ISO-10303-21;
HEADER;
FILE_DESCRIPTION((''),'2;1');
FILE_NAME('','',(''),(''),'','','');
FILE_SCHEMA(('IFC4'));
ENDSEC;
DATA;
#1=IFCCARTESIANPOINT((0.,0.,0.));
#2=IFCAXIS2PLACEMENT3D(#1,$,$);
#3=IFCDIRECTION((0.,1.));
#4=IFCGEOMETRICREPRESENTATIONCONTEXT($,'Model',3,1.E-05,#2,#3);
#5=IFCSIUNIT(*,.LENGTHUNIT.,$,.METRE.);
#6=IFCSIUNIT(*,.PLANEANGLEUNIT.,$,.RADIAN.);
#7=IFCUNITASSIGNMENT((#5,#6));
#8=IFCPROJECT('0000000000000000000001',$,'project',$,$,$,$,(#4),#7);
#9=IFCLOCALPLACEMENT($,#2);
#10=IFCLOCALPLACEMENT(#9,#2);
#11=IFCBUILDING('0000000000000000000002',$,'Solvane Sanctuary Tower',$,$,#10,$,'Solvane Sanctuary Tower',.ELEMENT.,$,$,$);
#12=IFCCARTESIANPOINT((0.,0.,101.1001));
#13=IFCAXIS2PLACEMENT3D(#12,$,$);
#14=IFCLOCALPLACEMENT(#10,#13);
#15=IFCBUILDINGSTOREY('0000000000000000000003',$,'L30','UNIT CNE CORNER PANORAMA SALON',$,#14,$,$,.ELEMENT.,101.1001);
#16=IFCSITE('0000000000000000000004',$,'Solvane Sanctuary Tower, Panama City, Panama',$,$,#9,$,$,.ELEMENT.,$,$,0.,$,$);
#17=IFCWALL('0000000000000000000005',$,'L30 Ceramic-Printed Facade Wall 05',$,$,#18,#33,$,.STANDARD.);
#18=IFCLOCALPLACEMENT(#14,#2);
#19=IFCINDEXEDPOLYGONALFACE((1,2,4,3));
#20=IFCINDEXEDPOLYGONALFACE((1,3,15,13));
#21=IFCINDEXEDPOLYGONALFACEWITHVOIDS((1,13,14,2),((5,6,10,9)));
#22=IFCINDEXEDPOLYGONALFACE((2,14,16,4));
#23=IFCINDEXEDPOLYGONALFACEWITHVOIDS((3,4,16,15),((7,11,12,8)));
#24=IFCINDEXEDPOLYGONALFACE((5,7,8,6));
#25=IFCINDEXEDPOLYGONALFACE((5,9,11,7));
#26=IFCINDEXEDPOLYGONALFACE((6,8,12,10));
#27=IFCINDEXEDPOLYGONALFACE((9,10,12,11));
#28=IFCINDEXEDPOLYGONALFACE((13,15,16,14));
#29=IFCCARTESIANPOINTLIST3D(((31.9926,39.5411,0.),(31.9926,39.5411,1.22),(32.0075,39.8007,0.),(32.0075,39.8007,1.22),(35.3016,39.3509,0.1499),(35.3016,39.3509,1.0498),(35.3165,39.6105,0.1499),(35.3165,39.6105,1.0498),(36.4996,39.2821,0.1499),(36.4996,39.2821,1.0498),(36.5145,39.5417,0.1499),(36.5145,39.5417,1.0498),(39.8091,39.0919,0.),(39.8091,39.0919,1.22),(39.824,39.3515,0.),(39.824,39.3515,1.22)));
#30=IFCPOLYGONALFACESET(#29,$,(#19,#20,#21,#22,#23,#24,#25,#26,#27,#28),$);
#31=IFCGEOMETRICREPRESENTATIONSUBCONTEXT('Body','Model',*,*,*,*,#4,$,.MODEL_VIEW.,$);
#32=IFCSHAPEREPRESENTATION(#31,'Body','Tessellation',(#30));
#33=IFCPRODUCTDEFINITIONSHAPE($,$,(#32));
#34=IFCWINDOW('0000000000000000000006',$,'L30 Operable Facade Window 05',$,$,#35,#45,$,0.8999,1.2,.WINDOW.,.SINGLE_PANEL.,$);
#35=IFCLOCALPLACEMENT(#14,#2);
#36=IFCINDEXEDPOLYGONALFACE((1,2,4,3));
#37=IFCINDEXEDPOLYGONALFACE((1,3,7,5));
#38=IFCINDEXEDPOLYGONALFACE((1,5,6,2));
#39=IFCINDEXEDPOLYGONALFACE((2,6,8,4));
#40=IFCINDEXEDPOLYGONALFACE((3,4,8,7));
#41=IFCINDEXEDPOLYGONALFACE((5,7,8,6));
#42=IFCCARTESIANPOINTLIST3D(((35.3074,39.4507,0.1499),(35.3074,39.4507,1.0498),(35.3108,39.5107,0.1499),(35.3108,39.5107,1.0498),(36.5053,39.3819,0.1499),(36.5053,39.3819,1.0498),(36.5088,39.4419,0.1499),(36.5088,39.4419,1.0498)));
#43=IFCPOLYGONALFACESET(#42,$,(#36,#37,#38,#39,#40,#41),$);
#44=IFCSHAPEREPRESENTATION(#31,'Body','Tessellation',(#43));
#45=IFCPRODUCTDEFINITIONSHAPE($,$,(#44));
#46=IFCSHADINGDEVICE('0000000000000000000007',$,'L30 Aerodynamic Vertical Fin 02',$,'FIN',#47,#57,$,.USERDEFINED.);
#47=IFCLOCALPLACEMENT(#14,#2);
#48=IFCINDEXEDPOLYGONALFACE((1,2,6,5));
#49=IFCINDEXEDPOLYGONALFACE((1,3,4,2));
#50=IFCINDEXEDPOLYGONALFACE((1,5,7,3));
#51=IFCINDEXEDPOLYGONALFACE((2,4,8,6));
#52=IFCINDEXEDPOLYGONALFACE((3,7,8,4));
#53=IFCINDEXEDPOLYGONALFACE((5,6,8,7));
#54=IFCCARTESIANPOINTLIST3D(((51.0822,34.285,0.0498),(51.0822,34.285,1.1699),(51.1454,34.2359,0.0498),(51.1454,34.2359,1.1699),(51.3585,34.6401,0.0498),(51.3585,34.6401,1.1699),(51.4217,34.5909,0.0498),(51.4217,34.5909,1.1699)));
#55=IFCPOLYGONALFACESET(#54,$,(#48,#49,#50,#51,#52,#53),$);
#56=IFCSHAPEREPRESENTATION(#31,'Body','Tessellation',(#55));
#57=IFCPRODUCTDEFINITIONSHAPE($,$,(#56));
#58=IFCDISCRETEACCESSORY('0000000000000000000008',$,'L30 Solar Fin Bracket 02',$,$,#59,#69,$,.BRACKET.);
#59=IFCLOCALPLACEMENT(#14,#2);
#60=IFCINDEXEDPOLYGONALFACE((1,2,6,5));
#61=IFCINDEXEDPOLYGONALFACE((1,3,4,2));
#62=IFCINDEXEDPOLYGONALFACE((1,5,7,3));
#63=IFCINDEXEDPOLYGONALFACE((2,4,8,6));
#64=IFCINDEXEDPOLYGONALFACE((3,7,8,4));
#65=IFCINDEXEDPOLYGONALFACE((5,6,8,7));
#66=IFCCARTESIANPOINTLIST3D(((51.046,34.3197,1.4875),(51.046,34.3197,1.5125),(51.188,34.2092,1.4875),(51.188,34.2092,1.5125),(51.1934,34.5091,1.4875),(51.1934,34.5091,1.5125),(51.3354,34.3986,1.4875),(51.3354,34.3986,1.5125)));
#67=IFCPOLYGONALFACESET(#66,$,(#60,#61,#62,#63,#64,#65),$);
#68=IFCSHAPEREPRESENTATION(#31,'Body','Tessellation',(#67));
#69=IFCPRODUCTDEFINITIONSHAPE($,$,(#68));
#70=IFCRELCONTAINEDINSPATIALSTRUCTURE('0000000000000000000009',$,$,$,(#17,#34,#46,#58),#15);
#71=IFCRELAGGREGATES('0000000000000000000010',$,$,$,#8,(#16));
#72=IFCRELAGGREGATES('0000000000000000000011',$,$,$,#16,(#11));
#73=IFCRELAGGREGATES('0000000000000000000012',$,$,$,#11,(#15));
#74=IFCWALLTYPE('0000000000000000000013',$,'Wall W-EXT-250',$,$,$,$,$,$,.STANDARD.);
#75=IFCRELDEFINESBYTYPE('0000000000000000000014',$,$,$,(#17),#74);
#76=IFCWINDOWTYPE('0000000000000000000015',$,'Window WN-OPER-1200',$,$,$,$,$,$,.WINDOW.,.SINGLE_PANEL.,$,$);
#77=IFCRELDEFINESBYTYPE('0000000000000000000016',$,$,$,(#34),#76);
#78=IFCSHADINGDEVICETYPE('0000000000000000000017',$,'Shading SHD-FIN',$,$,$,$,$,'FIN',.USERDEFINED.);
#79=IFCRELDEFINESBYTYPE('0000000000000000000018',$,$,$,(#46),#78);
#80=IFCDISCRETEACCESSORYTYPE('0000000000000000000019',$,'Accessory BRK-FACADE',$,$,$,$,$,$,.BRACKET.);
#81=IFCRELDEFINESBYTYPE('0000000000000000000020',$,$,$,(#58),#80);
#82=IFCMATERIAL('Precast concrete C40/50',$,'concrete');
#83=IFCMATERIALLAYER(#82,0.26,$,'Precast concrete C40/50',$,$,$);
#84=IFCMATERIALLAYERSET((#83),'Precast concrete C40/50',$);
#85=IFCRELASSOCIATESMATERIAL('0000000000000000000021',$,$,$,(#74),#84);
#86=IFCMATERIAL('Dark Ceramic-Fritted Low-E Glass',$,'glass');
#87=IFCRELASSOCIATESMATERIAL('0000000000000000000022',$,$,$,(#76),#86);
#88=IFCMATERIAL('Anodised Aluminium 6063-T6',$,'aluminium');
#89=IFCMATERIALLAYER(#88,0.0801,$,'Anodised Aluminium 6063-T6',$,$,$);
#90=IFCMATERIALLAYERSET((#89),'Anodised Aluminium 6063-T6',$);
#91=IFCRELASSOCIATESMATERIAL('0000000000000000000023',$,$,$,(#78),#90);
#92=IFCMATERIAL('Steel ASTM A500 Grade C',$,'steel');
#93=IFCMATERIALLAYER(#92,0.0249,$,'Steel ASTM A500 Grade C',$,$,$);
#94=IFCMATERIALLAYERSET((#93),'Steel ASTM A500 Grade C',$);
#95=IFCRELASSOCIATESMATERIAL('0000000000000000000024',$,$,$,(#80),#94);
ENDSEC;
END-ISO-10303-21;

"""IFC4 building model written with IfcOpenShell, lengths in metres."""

from ifc_helpers import new_model, si_unit, direction, frame, frame_2d, origin, origin_2d, place, context, subcontext, project, spatial, rectangle, extrude, material, layer, layer_set, type_object, element, fill, save


model = new_model("IFC4")

# Units and contexts
model_context = context("Model", 3, precision=1e-05, world=origin(), true_north=direction((0.0, 1.0)))
body_context = subcontext(model_context, "Body", "Model", "MODEL_VIEW")
ifc_project = project(units=[si_unit("LENGTHUNIT", "METRE"), si_unit("PLANEANGLEUNIT", "RADIAN")], contexts=[model_context])

# Site, building, storey
site_placement = place(None, origin())
site = spatial("IfcSite", under=ifc_project, at=site_placement, Name="Solvane Sanctuary Tower, Panama City, Panama", CompositionType="ELEMENT", RefElevation=0.0)
building_placement = place(site_placement, origin())
building = spatial("IfcBuilding", under=site, at=building_placement, Name="Solvane Sanctuary Tower", LongName="Solvane Sanctuary Tower", CompositionType="ELEMENT")
storey_placement = place(building_placement, frame((0.0, 0.0, 101.1001)))
storey = spatial("IfcBuildingStorey", under=building, at=storey_placement, Name="L30", Description="UNIT CNE CORNER PANORAMA SALON", CompositionType="ELEMENT", Elevation=101.1001)

# Shared definitions
ifc_material_1 = material(Name="Precast concrete C40/50", Category="concrete")
ifc_layer_1 = layer(ifc_material_1, 0.26, Name="Precast concrete C40/50")
ifc_layer_set_1 = layer_set([ifc_layer_1], Name="Precast concrete C40/50")
wall_type_1 = type_object("IfcWallType", Name="Wall W-EXT-250", PredefinedType="STANDARD", material=ifc_layer_set_1)
ifc_material_2 = material(Name="Dark Ceramic-Fritted Low-E Glass", Category="glass")
window_type = type_object("IfcWindowType", Name="Window WN-OPER-1200", PartitioningType="SINGLE_PANEL", PredefinedType="WINDOW", material=ifc_material_2)

# Wall, opening, window
wall_1_placement = place(storey_placement, frame((39.8164, 39.2217, 0.0), z_axis=(0.0, 0.0, 1.0), x_axis=(-0.998353, 0.057377, 0.0)))
wall_1 = element("IfcWall", 1, at=wall_1_placement, inside=storey, type_object=wall_type_1, Name="L30 Ceramic-Printed Facade Wall 05", PredefinedType="STANDARD", context=body_context, shape_type="SweptSolid", body=[
    extrude(rectangle(XDim=7.8293, YDim=0.26, at=frame_2d((3.9146, 0.0))), origin(), (0.0, 0.0, 1.0), 1.22),
])
opening_1_placement = place(wall_1_placement, frame((3.3147, 0.0, 0.1499)))
opening_1 = element("IfcOpeningElement", 2, at=opening_1_placement, cuts=wall_1, PredefinedType="OPENING", context=body_context, shape_type="SweptSolid", body=[
    extrude(rectangle(XDim=1.2, YDim=0.8999, at=frame_2d((0.6001, 0.45))), frame((0.0, 0.1399, 0.0), z_axis=(0.0, -1.0, 0.0), x_axis=(1.0, 0.0, 0.0)), (0.0, 0.0, 1.0), 0.28),
])
window_1_placement = place(opening_1_placement, origin())
window_1 = element("IfcWindow", 3, at=window_1_placement, inside=storey, type_object=window_type, Name="L30 Operable Facade Window 05", OverallHeight=0.8999, OverallWidth=1.2, PartitioningType="SINGLE_PANEL", PredefinedType="WINDOW", context=body_context, shape_type="SweptSolid", body=[
    extrude(rectangle(XDim=1.2, YDim=0.8999, at=frame_2d((0.6001, 0.45))), frame((0.0, 0.03, 0.0), z_axis=(0.0, -1.0, 0.0), x_axis=(1.0, 0.0, 0.0)), (0.0, 0.0, 1.0), 0.0601),
])
fill(opening_1, window_1)

# Shading device
ifc_material_3 = material(Name="Anodised Aluminium 6063-T6", Category="aluminium")
ifc_layer_2 = layer(ifc_material_3, 0.0801, Name="Anodised Aluminium 6063-T6")
ifc_layer_set_2 = layer_set([ifc_layer_2], Name="Anodised Aluminium 6063-T6")
shading_device_type = type_object("IfcShadingDeviceType", Name="Shading SHD-FIN", ElementType="FIN", PredefinedType="USERDEFINED", material=ifc_layer_set_2)
shading_device_placement = place(storey_placement, frame((51.252, 34.438, 0.0498), z_axis=(0.0, 0.0, 1.0), x_axis=(-0.789142, 0.614211, 0.0)))
element("IfcShadingDevice", 4, at=shading_device_placement, inside=storey, type_object=shading_device_type, Name="L30 Aerodynamic Vertical Fin 02", ObjectType="FIN", PredefinedType="USERDEFINED", context=body_context, shape_type="SweptSolid", body=[
    extrude(rectangle(XDim=0.0801, YDim=0.45, at=origin_2d()), origin(), (0.0, 0.0, 1.0), 1.1201),
])

# Discrete accessory
ifc_material_4 = material(Name="Steel ASTM A500 Grade C", Category="steel")
ifc_layer_3 = layer(ifc_material_4, 0.0249, Name="Steel ASTM A500 Grade C")
ifc_layer_set_3 = layer_set([ifc_layer_3], Name="Steel ASTM A500 Grade C")
discrete_accessory_type = type_object("IfcDiscreteAccessoryType", Name="Accessory BRK-FACADE", PredefinedType="BRACKET", material=ifc_layer_set_3)
discrete_accessory_placement = place(storey_placement, frame((51.1907, 34.3591, 1.4875), z_axis=(0.0, 0.0, 1.0), x_axis=(-0.789142, 0.614211, 0.0)))
element("IfcDiscreteAccessory", 5, at=discrete_accessory_placement, inside=storey, type_object=discrete_accessory_type, Name="L30 Solar Fin Bracket 02", PredefinedType="BRACKET", context=body_context, shape_type="SweptSolid", body=[
    extrude(rectangle(XDim=0.1799, YDim=0.24, at=origin_2d()), origin(), (0.0, 0.0, 1.0), 0.0249),
])

save(model, "model.ifc")
